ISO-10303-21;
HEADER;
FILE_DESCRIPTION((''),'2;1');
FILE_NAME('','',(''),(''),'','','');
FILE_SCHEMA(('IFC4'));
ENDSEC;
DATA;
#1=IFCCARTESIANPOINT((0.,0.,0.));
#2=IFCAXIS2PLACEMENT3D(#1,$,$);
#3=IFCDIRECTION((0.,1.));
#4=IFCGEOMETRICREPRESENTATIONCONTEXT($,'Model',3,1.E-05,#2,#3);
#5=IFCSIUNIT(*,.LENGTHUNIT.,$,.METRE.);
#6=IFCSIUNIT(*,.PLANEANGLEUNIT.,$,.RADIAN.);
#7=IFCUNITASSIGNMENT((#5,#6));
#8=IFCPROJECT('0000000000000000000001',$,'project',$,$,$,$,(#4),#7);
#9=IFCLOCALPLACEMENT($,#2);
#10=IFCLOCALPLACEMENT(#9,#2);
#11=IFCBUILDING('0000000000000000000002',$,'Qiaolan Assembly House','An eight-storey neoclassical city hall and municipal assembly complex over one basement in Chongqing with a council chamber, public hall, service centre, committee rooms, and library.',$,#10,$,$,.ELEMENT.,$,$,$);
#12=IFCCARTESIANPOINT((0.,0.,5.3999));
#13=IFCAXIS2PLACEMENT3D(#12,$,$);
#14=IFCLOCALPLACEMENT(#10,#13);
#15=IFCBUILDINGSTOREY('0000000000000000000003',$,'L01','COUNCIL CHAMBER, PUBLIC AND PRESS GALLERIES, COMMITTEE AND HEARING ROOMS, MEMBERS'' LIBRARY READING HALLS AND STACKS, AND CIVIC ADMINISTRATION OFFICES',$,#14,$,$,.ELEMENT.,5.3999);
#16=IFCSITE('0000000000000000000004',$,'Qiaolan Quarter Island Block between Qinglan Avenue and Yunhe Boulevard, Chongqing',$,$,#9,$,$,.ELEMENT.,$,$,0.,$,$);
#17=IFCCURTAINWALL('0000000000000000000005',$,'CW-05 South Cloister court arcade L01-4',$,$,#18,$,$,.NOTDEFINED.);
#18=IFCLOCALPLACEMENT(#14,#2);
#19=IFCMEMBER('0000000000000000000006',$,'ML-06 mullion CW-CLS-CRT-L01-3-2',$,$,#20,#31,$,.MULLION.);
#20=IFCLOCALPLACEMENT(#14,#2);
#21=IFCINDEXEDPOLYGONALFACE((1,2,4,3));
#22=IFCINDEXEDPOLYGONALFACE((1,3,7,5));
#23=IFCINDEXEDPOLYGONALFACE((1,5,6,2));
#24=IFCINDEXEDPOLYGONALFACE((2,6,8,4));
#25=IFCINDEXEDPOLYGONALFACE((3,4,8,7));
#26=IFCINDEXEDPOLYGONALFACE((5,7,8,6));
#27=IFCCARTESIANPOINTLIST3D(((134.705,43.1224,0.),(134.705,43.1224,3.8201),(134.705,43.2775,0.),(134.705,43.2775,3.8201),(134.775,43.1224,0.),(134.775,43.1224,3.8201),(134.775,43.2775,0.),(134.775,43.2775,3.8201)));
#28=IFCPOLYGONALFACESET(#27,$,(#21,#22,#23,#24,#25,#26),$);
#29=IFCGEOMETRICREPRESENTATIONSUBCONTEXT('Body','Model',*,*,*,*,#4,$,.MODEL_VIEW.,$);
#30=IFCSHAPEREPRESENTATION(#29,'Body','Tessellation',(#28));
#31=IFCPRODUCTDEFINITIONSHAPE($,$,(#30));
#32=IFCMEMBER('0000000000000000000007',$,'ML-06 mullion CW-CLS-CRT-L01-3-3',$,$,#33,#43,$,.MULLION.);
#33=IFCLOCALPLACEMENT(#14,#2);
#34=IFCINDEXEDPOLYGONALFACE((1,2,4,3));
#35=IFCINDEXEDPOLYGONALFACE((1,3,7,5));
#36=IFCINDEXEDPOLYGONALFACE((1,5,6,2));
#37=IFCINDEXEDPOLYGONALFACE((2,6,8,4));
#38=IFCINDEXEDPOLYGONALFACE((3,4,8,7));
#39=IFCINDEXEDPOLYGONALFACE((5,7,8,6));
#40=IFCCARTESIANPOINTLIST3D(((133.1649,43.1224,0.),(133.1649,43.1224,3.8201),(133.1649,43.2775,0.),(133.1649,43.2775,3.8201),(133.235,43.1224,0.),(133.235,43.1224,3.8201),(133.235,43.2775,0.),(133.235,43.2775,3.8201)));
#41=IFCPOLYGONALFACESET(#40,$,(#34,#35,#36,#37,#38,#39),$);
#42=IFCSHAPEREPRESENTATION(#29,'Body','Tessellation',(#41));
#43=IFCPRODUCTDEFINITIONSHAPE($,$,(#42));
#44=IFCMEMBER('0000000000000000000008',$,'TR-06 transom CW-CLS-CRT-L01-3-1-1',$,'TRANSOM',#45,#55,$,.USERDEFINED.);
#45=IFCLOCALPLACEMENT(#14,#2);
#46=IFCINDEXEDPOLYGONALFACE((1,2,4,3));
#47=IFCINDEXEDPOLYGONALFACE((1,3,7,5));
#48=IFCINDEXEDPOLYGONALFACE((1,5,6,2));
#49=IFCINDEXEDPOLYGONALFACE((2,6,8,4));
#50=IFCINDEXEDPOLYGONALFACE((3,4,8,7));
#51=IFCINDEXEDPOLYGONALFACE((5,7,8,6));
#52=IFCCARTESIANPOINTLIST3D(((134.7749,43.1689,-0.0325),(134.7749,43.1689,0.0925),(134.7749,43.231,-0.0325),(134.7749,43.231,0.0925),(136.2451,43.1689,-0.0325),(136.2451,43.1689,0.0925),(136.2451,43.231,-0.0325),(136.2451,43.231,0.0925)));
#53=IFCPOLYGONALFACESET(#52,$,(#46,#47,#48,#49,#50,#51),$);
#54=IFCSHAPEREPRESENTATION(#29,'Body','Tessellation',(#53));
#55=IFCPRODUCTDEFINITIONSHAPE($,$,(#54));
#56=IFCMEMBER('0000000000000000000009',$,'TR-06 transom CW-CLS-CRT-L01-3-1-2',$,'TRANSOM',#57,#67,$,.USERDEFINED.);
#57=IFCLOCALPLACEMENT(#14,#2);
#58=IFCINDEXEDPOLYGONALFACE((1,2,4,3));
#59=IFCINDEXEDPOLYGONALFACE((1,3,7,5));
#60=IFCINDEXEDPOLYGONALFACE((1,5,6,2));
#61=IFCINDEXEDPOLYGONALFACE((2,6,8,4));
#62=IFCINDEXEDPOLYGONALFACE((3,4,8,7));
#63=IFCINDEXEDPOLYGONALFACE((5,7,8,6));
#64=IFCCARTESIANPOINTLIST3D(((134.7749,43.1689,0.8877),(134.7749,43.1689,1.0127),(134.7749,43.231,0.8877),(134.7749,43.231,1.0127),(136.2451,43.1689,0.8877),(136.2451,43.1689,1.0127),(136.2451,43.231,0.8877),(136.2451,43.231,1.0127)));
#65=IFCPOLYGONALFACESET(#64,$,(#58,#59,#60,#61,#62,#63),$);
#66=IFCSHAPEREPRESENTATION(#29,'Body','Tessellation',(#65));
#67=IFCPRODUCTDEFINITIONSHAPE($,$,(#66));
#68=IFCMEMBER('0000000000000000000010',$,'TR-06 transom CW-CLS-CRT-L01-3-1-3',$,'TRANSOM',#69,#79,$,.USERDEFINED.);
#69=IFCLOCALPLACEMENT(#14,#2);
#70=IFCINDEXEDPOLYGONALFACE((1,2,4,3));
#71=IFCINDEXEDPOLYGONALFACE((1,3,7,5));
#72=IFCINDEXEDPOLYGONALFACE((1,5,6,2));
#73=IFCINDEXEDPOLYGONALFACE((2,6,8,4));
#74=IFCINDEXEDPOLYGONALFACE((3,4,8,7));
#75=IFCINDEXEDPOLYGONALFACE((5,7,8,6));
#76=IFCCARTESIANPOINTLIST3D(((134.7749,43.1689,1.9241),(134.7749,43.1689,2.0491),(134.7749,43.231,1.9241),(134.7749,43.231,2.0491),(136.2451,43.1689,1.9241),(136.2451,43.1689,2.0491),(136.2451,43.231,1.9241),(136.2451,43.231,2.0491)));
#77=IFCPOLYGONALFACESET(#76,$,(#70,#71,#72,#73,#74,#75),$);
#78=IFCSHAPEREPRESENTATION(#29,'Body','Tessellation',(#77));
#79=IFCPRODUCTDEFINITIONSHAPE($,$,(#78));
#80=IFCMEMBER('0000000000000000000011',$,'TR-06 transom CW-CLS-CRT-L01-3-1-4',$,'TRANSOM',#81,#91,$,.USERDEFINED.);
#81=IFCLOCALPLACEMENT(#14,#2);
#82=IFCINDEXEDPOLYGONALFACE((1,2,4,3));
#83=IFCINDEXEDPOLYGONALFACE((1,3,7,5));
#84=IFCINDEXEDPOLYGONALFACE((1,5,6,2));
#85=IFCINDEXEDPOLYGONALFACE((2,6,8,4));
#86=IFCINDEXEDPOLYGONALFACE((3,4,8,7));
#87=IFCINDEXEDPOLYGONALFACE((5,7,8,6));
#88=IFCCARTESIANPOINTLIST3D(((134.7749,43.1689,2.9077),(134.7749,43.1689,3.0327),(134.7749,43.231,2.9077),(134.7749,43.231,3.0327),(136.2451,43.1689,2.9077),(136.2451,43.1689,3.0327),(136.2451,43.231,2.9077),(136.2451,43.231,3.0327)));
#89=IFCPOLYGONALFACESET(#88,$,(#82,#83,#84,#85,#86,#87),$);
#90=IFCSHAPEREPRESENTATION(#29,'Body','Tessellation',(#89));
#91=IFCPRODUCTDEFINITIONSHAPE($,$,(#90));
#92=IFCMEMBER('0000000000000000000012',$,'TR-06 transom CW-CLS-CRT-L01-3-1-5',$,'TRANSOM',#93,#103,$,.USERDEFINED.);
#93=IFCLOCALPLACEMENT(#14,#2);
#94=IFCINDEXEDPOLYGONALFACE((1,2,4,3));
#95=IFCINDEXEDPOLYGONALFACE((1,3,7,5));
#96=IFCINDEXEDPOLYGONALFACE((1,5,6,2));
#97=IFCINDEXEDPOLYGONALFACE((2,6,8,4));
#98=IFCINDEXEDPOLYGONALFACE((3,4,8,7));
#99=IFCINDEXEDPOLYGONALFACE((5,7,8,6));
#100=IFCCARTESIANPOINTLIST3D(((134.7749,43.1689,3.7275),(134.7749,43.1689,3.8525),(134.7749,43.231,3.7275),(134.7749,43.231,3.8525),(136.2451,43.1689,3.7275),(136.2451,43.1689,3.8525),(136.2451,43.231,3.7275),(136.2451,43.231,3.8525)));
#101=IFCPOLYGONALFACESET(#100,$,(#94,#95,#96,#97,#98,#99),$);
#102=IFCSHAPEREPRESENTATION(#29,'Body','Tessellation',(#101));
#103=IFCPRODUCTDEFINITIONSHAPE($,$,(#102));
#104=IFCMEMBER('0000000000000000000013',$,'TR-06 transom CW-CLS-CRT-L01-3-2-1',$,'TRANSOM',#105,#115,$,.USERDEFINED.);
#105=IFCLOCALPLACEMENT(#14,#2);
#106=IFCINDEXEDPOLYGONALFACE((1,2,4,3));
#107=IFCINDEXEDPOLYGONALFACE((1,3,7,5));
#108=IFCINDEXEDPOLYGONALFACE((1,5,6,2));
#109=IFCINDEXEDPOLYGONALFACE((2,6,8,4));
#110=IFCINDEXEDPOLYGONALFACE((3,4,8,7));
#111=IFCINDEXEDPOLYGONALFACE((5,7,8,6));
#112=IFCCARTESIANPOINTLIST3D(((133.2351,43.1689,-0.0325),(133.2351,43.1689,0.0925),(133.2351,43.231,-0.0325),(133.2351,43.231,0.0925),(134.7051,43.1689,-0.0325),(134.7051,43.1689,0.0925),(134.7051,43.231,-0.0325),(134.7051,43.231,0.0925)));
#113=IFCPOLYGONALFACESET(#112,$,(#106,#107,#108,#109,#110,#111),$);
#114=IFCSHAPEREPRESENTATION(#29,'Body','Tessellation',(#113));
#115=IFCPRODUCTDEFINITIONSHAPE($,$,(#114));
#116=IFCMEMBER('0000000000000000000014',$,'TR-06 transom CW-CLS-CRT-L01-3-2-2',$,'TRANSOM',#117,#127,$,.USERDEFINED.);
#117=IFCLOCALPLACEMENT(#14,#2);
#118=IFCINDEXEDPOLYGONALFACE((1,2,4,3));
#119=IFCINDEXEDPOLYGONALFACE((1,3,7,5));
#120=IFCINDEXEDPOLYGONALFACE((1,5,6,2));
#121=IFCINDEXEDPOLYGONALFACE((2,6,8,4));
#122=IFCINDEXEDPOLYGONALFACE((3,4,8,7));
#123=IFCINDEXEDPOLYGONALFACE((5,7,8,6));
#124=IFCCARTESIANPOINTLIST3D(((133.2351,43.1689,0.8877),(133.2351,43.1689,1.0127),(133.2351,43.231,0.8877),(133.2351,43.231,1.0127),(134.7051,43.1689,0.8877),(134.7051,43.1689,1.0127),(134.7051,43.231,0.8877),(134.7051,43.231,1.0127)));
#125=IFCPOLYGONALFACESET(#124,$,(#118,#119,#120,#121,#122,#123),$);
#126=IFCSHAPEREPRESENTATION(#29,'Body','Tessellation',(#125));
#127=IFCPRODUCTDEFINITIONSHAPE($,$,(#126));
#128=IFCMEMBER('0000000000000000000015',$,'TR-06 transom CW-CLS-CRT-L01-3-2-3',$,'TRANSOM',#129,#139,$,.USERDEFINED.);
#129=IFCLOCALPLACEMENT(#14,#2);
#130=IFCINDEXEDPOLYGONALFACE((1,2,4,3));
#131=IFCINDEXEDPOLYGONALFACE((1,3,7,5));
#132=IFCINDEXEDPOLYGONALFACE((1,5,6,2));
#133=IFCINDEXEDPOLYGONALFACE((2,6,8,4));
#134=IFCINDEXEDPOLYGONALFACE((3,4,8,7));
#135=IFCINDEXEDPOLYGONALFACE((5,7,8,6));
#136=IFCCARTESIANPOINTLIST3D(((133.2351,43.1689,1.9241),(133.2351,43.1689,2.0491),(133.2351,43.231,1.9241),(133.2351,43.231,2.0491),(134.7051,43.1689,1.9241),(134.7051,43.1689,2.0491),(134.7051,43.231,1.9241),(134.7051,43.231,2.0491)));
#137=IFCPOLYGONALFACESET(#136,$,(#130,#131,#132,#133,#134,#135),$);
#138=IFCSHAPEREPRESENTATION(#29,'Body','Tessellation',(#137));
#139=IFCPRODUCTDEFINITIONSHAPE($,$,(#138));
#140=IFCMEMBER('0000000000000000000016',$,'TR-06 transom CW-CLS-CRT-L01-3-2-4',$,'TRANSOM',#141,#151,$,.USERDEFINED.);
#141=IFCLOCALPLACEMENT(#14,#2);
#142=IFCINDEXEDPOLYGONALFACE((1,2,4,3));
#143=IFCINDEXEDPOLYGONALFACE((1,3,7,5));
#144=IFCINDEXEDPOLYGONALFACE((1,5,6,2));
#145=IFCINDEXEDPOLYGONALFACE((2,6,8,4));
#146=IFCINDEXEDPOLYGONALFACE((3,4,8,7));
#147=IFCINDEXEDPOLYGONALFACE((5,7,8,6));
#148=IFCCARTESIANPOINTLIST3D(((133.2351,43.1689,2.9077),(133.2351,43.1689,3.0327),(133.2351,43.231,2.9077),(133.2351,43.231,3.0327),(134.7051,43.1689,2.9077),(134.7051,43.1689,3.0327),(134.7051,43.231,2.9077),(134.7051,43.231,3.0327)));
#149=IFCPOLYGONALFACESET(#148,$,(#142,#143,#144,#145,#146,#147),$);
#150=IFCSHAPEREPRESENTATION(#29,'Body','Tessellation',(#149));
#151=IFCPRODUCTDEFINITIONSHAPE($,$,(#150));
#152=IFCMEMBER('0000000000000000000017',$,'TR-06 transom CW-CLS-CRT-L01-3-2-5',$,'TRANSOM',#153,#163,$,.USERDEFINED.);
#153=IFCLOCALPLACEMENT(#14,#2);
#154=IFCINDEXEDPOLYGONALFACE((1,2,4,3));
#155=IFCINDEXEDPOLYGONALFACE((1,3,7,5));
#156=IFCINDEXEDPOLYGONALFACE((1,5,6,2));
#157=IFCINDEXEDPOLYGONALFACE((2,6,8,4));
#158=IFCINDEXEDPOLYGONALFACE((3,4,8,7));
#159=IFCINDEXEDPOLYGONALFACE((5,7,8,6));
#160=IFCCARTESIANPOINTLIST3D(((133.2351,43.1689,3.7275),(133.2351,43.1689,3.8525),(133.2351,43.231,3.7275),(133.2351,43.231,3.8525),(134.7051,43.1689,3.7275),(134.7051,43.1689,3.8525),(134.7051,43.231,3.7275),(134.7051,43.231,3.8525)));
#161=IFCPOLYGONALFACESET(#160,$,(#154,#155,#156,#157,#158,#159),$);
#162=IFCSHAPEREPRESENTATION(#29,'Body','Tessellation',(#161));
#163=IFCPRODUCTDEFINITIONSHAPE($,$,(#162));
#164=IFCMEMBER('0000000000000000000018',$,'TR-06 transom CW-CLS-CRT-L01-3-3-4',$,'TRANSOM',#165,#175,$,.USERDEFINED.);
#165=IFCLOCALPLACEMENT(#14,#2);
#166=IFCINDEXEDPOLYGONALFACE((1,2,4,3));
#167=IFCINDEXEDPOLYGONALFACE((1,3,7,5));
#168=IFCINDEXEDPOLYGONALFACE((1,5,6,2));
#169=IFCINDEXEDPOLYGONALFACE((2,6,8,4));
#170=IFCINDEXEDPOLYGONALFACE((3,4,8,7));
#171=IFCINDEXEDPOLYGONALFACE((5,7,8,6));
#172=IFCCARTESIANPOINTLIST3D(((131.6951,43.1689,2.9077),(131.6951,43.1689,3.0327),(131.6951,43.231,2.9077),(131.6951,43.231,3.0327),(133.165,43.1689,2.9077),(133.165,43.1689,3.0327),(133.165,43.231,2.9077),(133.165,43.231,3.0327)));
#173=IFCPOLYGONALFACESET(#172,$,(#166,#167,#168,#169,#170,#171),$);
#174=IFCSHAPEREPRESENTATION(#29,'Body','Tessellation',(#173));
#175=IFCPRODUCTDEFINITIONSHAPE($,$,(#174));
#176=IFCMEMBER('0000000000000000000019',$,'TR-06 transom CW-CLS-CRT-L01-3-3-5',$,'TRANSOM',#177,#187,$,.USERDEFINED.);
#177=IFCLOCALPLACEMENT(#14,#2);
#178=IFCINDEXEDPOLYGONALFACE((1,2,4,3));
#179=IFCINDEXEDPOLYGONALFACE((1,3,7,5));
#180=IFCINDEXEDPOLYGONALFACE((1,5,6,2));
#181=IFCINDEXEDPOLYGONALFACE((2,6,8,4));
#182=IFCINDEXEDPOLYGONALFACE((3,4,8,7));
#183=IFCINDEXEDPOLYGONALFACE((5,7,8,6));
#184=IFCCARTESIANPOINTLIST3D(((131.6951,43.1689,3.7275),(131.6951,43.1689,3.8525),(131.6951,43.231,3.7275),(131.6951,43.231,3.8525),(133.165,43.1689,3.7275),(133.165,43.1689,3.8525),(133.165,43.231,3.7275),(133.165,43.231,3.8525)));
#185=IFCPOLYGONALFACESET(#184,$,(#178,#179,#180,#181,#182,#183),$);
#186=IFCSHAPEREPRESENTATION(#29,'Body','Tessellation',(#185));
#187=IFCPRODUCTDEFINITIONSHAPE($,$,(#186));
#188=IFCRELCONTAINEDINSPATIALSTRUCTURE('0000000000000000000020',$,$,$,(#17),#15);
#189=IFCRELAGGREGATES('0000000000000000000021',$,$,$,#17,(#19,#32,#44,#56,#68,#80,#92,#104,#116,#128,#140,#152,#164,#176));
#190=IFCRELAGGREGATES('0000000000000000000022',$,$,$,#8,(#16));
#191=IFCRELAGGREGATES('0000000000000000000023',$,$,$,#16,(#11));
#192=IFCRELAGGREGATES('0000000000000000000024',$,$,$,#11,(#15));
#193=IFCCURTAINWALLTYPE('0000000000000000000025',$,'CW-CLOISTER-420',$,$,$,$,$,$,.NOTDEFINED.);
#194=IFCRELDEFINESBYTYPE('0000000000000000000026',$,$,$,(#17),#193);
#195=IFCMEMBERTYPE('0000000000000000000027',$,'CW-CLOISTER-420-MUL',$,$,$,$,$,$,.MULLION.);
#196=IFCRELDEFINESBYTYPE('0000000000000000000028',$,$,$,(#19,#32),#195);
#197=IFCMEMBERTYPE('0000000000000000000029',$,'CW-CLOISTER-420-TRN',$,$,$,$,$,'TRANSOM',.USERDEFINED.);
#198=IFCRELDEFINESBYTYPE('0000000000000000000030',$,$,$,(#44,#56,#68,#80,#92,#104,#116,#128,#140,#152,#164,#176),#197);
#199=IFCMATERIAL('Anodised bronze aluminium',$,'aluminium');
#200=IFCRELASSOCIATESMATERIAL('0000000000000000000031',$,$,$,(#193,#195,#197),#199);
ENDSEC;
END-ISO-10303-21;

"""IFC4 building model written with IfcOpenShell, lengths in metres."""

from ifc_helpers import new_model, si_unit, direction, frame, origin, origin_2d, place, context, subcontext, project, spatial, rectangle, extrude, material, material_profile, profile_set, type_object, element, aggregate, save


model = new_model("IFC4")

# Units and contexts
model_context = context("Model", 3, precision=1e-05, world=origin(), true_north=direction((0.0, 1.0)))
body_context = subcontext(model_context, "Body", "Model", "MODEL_VIEW")
ifc_project = project(units=[si_unit("LENGTHUNIT", "METRE"), si_unit("PLANEANGLEUNIT", "RADIAN")], contexts=[model_context])

# Site, building, storey
site_placement = place(None, origin())
site = spatial("IfcSite", under=ifc_project, at=site_placement, Name="Qiaolan Quarter Island Block between Qinglan Avenue and Yunhe Boulevard, Chongqing", CompositionType="ELEMENT", RefElevation=0.0)
building_placement = place(site_placement, origin())
building = spatial("IfcBuilding", under=site, at=building_placement, Name="Qiaolan Assembly House", Description="An eight-storey neoclassical city hall and municipal assembly complex over one basement in Chongqing with a council chamber, public hall, service centre, committee rooms, and library.", CompositionType="ELEMENT")
storey_placement = place(building_placement, frame((0.0, 0.0, 5.3999)))
storey = spatial("IfcBuildingStorey", under=building, at=storey_placement, Name="L01", Description="COUNCIL CHAMBER, PUBLIC AND PRESS GALLERIES, COMMITTEE AND HEARING ROOMS, MEMBERS' LIBRARY READING HALLS AND STACKS, AND CIVIC ADMINISTRATION OFFICES", CompositionType="ELEMENT", Elevation=5.3999)

# Curtain wall, members
ifc_material_1 = material(Name="Anodised bronze aluminium", Category="aluminium")
curtain_wall_type = type_object("IfcCurtainWallType", Name="CW-CLOISTER-420", PredefinedType="NOTDEFINED", material=ifc_material_1)
curtain_wall_placement = place(storey_placement, origin())
curtain_wall = element("IfcCurtainWall", 1, at=curtain_wall_placement, inside=storey, type_object=curtain_wall_type, Name="CW-05 South Cloister court arcade L01-4", PredefinedType="NOTDEFINED")
ifc_material_profile_1 = material_profile(ifc_material_1, rectangle(XDim=0.0701, YDim=0.155, at=origin_2d()), Name="MUL 70x155")
ifc_profile_set_1 = profile_set([ifc_material_profile_1], Name="Anodised bronze aluminium")
member_type_1 = type_object("IfcMemberType", Name="CW-CLOISTER-420-MUL", PredefinedType="MULLION", material=ifc_profile_set_1)
member_1_placement = place(storey_placement, frame((134.74, 43.2, 0.0), z_axis=(0.0, 0.0, 1.0), x_axis=(-1.0, 0.0, 0.0)))
member_1 = element("IfcMember", 2, at=member_1_placement, type_object=member_type_1, Name="ML-06 mullion CW-CLS-CRT-L01-3-2", PredefinedType="MULLION", context=body_context, shape_type="SweptSolid", body=[
    extrude(rectangle(XDim=0.0701, YDim=0.155, at=origin_2d()), origin(), (0.0, 0.0, 1.0), 3.8201),
])
member_2_placement = place(storey_placement, frame((133.2, 43.2, 0.0), z_axis=(0.0, 0.0, 1.0), x_axis=(-1.0, 0.0, 0.0)))
member_2 = element("IfcMember", 3, at=member_2_placement, type_object=member_type_1, Name="ML-06 mullion CW-CLS-CRT-L01-3-3", PredefinedType="MULLION", context=body_context, shape_type="SweptSolid", body=[
    extrude(rectangle(XDim=0.0701, YDim=0.155, at=origin_2d()), origin(), (0.0, 0.0, 1.0), 3.8201),
])
ifc_material_profile_2 = material_profile(ifc_material_1, rectangle(XDim=0.062, YDim=0.125, at=origin_2d()), Name="TRN 62x125")
ifc_profile_set_2 = profile_set([ifc_material_profile_2], Name="Anodised bronze aluminium")
member_type_2 = type_object("IfcMemberType", Name="CW-CLOISTER-420-TRN", ElementType="TRANSOM", PredefinedType="USERDEFINED", material=ifc_profile_set_2)
member_3_placement = place(storey_placement, frame((136.2451, 43.2, 0.03), z_axis=(-1.0, 0.0, 0.0), x_axis=(0.0, -1.0, 0.0)))
member_3 = element("IfcMember", 4, at=member_3_placement, type_object=member_type_2, Name="TR-06 transom CW-CLS-CRT-L01-3-1-1", ObjectType="TRANSOM", PredefinedType="USERDEFINED", context=body_context, shape_type="SweptSolid", body=[
    extrude(rectangle(XDim=0.062, YDim=0.125, at=origin_2d()), origin(), (0.0, 0.0, 1.0), 1.4702),
])
member_4_placement = place(storey_placement, frame((136.2451, 43.2, 0.9502), z_axis=(-1.0, 0.0, 0.0), x_axis=(0.0, -1.0, 0.0)))
member_4 = element("IfcMember", 5, at=member_4_placement, type_object=member_type_2, Name="TR-06 transom CW-CLS-CRT-L01-3-1-2", ObjectType="TRANSOM", PredefinedType="USERDEFINED", context=body_context, shape_type="SweptSolid", body=[
    extrude(rectangle(XDim=0.062, YDim=0.125, at=origin_2d()), origin(), (0.0, 0.0, 1.0), 1.4702),
])
member_5_placement = place(storey_placement, frame((136.2451, 43.2, 1.9866), z_axis=(-1.0, 0.0, 0.0), x_axis=(0.0, -1.0, 0.0)))
member_5 = element("IfcMember", 6, at=member_5_placement, type_object=member_type_2, Name="TR-06 transom CW-CLS-CRT-L01-3-1-3", ObjectType="TRANSOM", PredefinedType="USERDEFINED", context=body_context, shape_type="SweptSolid", body=[
    extrude(rectangle(XDim=0.062, YDim=0.125, at=origin_2d()), origin(), (0.0, 0.0, 1.0), 1.4702),
])
member_6_placement = place(storey_placement, frame((136.2451, 43.2, 2.9702), z_axis=(-1.0, 0.0, 0.0), x_axis=(0.0, -1.0, 0.0)))
member_6 = element("IfcMember", 7, at=member_6_placement, type_object=member_type_2, Name="TR-06 transom CW-CLS-CRT-L01-3-1-4", ObjectType="TRANSOM", PredefinedType="USERDEFINED", context=body_context, shape_type="SweptSolid", body=[
    extrude(rectangle(XDim=0.062, YDim=0.125, at=origin_2d()), origin(), (0.0, 0.0, 1.0), 1.4702),
])
member_7_placement = place(storey_placement, frame((136.2451, 43.2, 3.79), z_axis=(-1.0, 0.0, 0.0), x_axis=(0.0, -1.0, 0.0)))
member_7 = element("IfcMember", 8, at=member_7_placement, type_object=member_type_2, Name="TR-06 transom CW-CLS-CRT-L01-3-1-5", ObjectType="TRANSOM", PredefinedType="USERDEFINED", context=body_context, shape_type="SweptSolid", body=[
    extrude(rectangle(XDim=0.062, YDim=0.125, at=origin_2d()), origin(), (0.0, 0.0, 1.0), 1.4702),
])
member_8_placement = place(storey_placement, frame((134.7051, 43.2, 0.03), z_axis=(-1.0, 0.0, 0.0), x_axis=(0.0, -1.0, 0.0)))
member_8 = element("IfcMember", 9, at=member_8_placement, type_object=member_type_2, Name="TR-06 transom CW-CLS-CRT-L01-3-2-1", ObjectType="TRANSOM", PredefinedType="USERDEFINED", context=body_context, shape_type="SweptSolid", body=[
    extrude(rectangle(XDim=0.062, YDim=0.125, at=origin_2d()), origin(), (0.0, 0.0, 1.0), 1.47),
])
member_9_placement = place(storey_placement, frame((134.7051, 43.2, 0.9502), z_axis=(-1.0, 0.0, 0.0), x_axis=(0.0, -1.0, 0.0)))
member_9 = element("IfcMember", 10, at=member_9_placement, type_object=member_type_2, Name="TR-06 transom CW-CLS-CRT-L01-3-2-2", ObjectType="TRANSOM", PredefinedType="USERDEFINED", context=body_context, shape_type="SweptSolid", body=[
    extrude(rectangle(XDim=0.062, YDim=0.125, at=origin_2d()), origin(), (0.0, 0.0, 1.0), 1.47),
])
member_10_placement = place(storey_placement, frame((134.7051, 43.2, 1.9866), z_axis=(-1.0, 0.0, 0.0), x_axis=(0.0, -1.0, 0.0)))
member_10 = element("IfcMember", 11, at=member_10_placement, type_object=member_type_2, Name="TR-06 transom CW-CLS-CRT-L01-3-2-3", ObjectType="TRANSOM", PredefinedType="USERDEFINED", context=body_context, shape_type="SweptSolid", body=[
    extrude(rectangle(XDim=0.062, YDim=0.125, at=origin_2d()), origin(), (0.0, 0.0, 1.0), 1.47),
])
member_11_placement = place(storey_placement, frame((134.7051, 43.2, 2.9702), z_axis=(-1.0, 0.0, 0.0), x_axis=(0.0, -1.0, 0.0)))
member_11 = element("IfcMember", 12, at=member_11_placement, type_object=member_type_2, Name="TR-06 transom CW-CLS-CRT-L01-3-2-4", ObjectType="TRANSOM", PredefinedType="USERDEFINED", context=body_context, shape_type="SweptSolid", body=[
    extrude(rectangle(XDim=0.062, YDim=0.125, at=origin_2d()), origin(), (0.0, 0.0, 1.0), 1.47),
])
member_12_placement = place(storey_placement, frame((134.7051, 43.2, 3.79), z_axis=(-1.0, 0.0, 0.0), x_axis=(0.0, -1.0, 0.0)))
member_12 = element("IfcMember", 13, at=member_12_placement, type_object=member_type_2, Name="TR-06 transom CW-CLS-CRT-L01-3-2-5", ObjectType="TRANSOM", PredefinedType="USERDEFINED", context=body_context, shape_type="SweptSolid", body=[
    extrude(rectangle(XDim=0.062, YDim=0.125, at=origin_2d()), origin(), (0.0, 0.0, 1.0), 1.47),
])
member_13_placement = place(storey_placement, frame((133.165, 43.2, 2.9702), z_axis=(-1.0, 0.0, 0.0), x_axis=(0.0, -1.0, 0.0)))
member_13 = element("IfcMember", 14, at=member_13_placement, type_object=member_type_2, Name="TR-06 transom CW-CLS-CRT-L01-3-3-4", ObjectType="TRANSOM", PredefinedType="USERDEFINED", context=body_context, shape_type="SweptSolid", body=[
    extrude(rectangle(XDim=0.062, YDim=0.125, at=origin_2d()), origin(), (0.0, 0.0, 1.0), 1.47),
])
member_14_placement = place(storey_placement, frame((133.165, 43.2, 3.79), z_axis=(-1.0, 0.0, 0.0), x_axis=(0.0, -1.0, 0.0)))
member_14 = element("IfcMember", 15, at=member_14_placement, type_object=member_type_2, Name="TR-06 transom CW-CLS-CRT-L01-3-3-5", ObjectType="TRANSOM", PredefinedType="USERDEFINED", context=body_context, shape_type="SweptSolid", body=[
    extrude(rectangle(XDim=0.062, YDim=0.125, at=origin_2d()), origin(), (0.0, 0.0, 1.0), 1.47),
])
aggregate(curtain_wall, [member_1, member_2, member_3, member_4, member_5, member_6, member_7, member_8, member_9, member_10, member_11, member_12, member_13, member_14])

save(model, "model.ifc")
